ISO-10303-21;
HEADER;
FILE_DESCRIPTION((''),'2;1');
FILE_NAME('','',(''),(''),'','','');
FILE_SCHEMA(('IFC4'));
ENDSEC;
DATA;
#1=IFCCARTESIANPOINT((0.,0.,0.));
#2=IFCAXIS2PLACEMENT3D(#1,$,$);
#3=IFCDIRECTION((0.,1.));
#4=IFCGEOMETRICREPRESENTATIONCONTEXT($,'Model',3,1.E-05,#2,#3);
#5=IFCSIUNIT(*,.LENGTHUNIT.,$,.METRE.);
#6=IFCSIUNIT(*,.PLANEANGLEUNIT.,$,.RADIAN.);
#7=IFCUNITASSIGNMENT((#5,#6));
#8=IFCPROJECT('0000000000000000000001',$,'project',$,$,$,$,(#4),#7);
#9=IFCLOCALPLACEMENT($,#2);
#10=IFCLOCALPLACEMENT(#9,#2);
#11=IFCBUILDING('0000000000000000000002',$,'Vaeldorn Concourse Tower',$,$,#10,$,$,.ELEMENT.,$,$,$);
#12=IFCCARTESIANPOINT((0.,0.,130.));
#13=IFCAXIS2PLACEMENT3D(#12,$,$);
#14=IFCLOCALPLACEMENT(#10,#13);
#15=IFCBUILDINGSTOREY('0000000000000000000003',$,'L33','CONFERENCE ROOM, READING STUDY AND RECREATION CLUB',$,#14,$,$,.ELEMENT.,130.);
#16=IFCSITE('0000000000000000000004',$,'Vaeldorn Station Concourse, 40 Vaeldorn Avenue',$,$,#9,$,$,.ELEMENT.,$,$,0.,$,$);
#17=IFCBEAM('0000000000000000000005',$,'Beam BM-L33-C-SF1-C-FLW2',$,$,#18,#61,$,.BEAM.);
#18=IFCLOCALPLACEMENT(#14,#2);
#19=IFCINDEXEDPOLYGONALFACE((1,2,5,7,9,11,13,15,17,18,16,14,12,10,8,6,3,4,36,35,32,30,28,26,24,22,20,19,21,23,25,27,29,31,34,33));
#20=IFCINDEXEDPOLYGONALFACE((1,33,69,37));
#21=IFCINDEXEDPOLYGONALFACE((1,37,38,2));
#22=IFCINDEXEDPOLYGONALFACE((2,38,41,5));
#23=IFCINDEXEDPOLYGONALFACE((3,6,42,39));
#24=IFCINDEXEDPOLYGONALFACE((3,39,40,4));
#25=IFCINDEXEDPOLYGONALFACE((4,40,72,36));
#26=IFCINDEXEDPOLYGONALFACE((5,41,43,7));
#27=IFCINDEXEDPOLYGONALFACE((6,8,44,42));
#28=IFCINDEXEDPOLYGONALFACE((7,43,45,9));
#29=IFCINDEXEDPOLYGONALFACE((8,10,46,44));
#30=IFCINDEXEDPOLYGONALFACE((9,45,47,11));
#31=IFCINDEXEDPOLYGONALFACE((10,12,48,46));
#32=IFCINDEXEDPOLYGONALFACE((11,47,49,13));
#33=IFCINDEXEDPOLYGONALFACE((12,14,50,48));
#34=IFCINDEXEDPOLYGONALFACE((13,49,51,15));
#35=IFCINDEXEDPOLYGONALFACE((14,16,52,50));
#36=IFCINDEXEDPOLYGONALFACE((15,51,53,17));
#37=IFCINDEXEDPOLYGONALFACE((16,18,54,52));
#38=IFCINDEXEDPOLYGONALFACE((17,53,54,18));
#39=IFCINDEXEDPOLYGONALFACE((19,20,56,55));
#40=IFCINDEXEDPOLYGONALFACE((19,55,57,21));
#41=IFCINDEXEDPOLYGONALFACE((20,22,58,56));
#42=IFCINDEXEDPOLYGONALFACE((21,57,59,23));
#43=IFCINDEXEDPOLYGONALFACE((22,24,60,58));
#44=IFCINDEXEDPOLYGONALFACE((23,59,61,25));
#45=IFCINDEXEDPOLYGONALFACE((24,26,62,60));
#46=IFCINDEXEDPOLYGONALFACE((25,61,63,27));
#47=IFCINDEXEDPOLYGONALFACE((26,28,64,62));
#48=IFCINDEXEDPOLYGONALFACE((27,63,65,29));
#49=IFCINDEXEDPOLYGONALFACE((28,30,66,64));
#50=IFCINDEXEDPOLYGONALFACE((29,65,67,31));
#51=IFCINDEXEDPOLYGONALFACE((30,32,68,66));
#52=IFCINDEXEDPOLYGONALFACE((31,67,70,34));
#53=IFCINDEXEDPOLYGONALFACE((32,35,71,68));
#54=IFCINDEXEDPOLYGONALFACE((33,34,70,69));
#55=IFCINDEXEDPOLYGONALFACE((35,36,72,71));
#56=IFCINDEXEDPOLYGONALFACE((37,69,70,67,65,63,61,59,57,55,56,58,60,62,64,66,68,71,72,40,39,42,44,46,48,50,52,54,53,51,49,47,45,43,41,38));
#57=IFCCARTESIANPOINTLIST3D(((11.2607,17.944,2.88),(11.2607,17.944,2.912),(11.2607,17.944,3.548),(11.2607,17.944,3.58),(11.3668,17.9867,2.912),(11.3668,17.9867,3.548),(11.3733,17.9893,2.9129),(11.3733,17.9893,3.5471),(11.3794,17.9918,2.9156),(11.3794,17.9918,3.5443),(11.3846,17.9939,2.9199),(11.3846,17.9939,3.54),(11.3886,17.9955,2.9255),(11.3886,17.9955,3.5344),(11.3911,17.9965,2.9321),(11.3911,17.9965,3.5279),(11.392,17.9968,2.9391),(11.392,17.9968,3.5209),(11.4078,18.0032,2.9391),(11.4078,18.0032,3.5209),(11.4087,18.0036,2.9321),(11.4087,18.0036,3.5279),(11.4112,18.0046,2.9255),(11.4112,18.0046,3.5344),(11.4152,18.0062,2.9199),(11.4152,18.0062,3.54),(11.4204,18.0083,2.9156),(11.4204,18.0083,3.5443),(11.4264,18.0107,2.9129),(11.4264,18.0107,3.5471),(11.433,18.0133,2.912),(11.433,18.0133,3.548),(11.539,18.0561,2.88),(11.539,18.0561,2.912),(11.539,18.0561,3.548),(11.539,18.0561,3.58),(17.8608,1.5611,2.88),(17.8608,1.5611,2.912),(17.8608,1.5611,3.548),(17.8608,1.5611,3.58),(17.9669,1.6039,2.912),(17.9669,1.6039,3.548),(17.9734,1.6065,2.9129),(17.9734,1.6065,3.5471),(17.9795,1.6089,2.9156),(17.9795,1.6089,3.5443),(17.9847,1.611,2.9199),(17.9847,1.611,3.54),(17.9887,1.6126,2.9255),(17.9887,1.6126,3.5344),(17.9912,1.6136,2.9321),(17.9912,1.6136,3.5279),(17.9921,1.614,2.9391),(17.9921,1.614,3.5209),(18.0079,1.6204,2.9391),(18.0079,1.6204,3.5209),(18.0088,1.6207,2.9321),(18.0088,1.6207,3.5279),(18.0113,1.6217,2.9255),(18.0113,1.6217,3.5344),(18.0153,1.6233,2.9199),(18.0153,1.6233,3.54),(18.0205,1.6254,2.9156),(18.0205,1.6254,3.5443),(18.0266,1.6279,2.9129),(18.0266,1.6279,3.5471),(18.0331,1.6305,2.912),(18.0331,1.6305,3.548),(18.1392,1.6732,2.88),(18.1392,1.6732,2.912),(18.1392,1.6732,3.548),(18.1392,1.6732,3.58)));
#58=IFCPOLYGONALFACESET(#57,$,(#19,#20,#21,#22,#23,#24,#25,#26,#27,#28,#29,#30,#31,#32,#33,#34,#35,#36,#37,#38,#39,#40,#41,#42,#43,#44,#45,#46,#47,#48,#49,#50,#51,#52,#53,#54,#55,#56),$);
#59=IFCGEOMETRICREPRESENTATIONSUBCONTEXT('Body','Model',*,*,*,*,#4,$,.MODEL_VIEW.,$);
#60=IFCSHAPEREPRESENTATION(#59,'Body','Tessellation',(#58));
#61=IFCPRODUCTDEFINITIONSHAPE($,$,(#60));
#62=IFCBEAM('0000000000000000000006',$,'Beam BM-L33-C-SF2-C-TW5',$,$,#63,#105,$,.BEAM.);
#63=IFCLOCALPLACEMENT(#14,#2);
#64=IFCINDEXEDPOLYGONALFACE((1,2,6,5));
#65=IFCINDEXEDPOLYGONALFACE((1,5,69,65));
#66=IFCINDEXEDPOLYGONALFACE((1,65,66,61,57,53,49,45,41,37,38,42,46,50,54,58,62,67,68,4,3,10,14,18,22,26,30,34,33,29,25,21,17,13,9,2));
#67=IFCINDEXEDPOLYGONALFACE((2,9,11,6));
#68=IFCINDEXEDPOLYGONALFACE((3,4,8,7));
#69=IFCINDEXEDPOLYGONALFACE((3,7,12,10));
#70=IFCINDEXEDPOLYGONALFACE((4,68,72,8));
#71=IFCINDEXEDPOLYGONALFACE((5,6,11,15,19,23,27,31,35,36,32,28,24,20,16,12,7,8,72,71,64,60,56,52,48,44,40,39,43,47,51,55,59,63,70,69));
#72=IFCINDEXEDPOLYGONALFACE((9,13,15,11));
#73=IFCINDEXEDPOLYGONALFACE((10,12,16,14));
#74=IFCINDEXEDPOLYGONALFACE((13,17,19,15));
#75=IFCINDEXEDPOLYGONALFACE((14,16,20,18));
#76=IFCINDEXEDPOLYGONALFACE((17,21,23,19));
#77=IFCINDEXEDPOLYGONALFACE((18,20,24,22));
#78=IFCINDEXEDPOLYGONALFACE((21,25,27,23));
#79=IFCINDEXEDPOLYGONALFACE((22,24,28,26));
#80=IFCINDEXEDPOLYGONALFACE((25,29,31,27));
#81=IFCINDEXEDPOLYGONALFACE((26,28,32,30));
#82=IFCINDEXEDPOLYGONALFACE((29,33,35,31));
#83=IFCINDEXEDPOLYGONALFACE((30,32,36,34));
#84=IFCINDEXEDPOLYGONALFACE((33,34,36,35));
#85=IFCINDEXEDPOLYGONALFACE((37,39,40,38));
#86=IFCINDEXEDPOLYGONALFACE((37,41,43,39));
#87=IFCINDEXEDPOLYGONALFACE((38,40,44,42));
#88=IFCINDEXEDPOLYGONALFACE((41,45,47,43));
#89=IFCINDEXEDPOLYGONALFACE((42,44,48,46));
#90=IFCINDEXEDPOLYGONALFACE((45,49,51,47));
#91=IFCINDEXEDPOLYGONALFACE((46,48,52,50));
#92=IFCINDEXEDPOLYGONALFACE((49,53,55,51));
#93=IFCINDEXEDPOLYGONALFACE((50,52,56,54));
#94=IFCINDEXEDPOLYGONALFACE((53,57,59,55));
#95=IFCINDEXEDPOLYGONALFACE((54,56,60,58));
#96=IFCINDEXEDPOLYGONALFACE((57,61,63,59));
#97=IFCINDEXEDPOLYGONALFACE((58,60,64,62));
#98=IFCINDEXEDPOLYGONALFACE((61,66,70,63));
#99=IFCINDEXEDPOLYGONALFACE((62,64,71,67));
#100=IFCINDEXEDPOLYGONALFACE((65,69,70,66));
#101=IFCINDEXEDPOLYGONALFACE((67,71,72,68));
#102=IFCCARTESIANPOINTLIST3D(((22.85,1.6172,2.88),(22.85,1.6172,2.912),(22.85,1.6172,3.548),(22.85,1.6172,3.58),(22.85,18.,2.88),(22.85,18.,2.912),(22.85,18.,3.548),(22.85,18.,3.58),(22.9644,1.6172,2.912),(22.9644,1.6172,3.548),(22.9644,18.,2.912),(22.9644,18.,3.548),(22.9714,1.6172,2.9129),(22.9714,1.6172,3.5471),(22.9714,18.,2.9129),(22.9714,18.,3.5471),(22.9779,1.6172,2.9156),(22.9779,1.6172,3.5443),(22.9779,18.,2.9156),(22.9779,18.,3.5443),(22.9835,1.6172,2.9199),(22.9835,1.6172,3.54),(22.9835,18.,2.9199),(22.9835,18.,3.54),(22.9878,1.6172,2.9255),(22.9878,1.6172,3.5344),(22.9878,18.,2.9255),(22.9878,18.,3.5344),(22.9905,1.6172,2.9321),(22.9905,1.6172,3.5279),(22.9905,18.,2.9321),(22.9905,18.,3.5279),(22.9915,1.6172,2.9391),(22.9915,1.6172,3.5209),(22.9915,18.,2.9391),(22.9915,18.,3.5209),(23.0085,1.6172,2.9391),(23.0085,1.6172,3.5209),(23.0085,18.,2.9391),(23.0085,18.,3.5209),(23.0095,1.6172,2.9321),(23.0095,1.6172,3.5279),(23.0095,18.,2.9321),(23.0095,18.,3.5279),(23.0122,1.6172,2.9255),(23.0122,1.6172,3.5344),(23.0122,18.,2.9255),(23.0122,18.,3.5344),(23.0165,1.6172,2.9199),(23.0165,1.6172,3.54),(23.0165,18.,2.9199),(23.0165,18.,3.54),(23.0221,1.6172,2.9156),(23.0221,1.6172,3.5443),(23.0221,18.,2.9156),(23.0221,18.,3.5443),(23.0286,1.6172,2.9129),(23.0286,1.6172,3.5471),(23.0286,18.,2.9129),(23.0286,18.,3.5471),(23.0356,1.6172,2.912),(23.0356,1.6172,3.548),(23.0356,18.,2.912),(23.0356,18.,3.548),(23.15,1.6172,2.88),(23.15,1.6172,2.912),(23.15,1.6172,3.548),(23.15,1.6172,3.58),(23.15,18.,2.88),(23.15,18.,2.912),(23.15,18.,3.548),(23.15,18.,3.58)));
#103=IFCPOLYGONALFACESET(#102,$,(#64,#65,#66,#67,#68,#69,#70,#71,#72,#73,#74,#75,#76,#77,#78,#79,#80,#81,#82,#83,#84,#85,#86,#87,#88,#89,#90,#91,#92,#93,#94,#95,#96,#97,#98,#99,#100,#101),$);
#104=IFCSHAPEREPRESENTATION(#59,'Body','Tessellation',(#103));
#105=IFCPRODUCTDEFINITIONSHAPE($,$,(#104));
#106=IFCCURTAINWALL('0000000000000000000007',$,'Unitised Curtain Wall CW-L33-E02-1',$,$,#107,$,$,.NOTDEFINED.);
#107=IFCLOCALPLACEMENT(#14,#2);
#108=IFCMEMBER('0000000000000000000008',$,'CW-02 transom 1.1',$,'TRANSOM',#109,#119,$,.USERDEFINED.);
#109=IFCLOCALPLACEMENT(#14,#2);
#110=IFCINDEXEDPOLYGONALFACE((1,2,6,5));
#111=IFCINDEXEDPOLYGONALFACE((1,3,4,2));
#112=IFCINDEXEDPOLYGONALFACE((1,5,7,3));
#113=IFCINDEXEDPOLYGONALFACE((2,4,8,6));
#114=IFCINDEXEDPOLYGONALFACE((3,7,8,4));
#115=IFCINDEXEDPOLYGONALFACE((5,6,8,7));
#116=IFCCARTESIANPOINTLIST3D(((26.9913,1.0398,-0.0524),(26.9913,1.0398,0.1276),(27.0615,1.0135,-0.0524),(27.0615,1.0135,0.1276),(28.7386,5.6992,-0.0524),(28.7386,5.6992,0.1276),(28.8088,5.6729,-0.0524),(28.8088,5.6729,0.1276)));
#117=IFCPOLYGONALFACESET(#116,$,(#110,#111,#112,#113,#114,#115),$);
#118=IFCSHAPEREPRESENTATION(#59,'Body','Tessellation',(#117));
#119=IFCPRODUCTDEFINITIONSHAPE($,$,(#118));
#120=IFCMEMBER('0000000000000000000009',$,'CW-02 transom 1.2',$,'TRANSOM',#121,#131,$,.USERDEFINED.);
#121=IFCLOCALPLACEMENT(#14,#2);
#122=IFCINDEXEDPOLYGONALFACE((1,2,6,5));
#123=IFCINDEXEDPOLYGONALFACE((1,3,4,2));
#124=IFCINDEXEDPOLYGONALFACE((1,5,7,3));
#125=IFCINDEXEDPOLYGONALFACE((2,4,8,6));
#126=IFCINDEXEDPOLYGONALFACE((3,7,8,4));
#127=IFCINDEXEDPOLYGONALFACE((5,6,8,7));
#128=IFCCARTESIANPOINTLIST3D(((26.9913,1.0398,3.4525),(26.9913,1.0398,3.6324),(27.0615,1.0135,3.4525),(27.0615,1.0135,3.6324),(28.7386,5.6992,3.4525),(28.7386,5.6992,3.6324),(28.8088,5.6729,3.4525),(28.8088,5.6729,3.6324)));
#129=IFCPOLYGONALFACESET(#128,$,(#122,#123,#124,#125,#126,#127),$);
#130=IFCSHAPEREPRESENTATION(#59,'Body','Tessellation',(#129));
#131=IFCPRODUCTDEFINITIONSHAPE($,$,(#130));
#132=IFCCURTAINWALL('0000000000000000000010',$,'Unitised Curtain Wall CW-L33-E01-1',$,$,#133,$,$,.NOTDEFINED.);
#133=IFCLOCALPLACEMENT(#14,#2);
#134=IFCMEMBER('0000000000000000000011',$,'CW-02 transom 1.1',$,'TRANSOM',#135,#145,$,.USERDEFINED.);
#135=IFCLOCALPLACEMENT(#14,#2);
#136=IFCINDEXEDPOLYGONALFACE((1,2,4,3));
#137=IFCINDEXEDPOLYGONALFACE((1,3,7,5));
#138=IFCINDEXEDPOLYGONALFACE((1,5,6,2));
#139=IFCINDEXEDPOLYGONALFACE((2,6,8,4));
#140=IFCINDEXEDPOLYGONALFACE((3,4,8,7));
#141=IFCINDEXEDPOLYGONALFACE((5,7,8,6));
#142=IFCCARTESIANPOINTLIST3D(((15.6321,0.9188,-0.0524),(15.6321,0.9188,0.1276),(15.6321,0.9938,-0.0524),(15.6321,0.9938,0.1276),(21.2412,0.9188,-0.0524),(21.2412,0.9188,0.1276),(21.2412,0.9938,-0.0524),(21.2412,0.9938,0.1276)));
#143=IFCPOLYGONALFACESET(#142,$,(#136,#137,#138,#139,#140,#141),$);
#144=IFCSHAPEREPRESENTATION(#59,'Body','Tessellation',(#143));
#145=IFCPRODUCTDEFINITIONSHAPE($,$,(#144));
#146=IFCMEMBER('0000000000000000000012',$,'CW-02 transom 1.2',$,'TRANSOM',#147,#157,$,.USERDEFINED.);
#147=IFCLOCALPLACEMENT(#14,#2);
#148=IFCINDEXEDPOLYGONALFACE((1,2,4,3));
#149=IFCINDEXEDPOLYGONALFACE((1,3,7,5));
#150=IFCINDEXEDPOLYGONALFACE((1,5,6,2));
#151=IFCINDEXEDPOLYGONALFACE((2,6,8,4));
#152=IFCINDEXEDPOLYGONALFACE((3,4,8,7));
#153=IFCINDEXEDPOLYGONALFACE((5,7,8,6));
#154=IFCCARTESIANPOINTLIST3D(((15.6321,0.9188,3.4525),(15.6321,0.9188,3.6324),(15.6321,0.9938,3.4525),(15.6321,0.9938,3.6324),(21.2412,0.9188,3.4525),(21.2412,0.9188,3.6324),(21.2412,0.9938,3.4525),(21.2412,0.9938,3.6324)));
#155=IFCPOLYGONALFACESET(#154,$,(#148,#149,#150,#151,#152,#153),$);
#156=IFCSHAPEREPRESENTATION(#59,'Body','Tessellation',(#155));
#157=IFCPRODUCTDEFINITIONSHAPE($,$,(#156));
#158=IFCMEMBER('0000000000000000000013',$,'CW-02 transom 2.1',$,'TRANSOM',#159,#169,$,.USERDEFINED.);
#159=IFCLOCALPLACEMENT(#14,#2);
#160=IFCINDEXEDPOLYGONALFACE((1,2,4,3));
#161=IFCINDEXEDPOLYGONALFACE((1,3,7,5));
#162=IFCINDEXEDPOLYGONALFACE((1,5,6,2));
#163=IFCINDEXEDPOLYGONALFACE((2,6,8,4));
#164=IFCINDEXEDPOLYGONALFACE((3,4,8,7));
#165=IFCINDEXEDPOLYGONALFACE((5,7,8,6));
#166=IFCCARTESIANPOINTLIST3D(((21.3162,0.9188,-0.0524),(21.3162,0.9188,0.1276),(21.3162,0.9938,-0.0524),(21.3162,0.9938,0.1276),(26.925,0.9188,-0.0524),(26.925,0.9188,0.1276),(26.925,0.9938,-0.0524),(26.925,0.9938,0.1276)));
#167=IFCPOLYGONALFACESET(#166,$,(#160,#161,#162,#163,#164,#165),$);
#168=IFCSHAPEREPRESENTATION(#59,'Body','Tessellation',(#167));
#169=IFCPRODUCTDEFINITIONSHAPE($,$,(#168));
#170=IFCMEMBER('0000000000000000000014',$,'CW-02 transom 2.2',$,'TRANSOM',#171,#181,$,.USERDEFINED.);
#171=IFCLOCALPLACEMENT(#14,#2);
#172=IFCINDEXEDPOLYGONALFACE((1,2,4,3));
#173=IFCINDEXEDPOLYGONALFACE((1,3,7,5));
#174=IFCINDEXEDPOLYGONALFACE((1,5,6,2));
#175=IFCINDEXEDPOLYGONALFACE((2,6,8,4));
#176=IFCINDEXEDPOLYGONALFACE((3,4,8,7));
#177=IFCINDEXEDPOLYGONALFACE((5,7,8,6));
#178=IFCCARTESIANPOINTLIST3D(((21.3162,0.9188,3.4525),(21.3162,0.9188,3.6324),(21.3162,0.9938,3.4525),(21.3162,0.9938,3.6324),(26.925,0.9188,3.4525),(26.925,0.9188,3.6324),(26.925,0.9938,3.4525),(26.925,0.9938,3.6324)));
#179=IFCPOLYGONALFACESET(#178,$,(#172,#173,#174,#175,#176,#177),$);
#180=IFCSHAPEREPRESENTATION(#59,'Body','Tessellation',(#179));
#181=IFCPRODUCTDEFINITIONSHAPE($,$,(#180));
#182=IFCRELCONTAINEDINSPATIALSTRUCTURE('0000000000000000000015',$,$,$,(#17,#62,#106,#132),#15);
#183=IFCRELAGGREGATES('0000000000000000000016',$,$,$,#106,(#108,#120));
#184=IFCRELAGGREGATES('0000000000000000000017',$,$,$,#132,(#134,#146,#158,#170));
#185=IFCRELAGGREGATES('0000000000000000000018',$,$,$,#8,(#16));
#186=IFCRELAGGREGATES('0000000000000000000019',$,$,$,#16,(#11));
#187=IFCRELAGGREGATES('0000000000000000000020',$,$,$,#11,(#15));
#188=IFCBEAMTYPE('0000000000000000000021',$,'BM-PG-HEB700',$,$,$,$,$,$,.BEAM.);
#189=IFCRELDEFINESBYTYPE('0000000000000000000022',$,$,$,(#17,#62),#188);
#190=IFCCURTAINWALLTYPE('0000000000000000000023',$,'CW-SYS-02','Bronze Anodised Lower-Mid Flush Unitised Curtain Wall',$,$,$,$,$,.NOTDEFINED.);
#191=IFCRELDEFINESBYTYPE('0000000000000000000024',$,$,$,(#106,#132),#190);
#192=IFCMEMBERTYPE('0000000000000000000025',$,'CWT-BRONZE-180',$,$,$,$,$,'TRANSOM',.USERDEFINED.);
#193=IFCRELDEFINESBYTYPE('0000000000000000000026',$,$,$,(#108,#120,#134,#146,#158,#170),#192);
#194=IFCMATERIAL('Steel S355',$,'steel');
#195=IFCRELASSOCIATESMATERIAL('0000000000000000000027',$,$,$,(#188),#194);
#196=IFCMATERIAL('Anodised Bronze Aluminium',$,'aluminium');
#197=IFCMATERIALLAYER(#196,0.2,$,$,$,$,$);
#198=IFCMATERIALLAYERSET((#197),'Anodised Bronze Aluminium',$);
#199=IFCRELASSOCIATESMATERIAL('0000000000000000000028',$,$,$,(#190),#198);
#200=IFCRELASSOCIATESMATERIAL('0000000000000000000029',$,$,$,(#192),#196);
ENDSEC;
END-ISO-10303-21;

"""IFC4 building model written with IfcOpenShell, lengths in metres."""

from ifc_helpers import new_model, si_unit, direction, frame, origin, origin_2d, place, context, subcontext, project, spatial, rectangle, i_section, extrude, source, transform, mapped, material, layer, layer_set, material_profile, profile_set, type_object, element, aggregate, save


model = new_model("IFC4")

# Units and contexts
model_context = context("Model", 3, precision=1e-05, world=origin(), true_north=direction((0.0, 1.0)))
body_context = subcontext(model_context, "Body", "Model", "MODEL_VIEW")
ifc_project = project(units=[si_unit("LENGTHUNIT", "METRE"), si_unit("PLANEANGLEUNIT", "RADIAN")], contexts=[model_context])

# Site, building, storey
site_placement = place(None, origin())
site = spatial("IfcSite", under=ifc_project, at=site_placement, Name="Vaeldorn Station Concourse, 40 Vaeldorn Avenue", CompositionType="ELEMENT", RefElevation=0.0)
building_placement = place(site_placement, origin())
building = spatial("IfcBuilding", under=site, at=building_placement, Name="Vaeldorn Concourse Tower", CompositionType="ELEMENT")
storey_placement = place(building_placement, frame((0.0, 0.0, 130.0)))
storey = spatial("IfcBuildingStorey", under=building, at=storey_placement, Name="L33", Description="CONFERENCE ROOM, READING STUDY AND RECREATION CLUB", CompositionType="ELEMENT", Elevation=130.0)

# Beams
ifc_material_1 = material(Name="Steel S355", Category="steel")
ifc_material_profile_1 = material_profile(ifc_material_1, i_section(OverallWidth=0.3, OverallDepth=0.7, WebThickness=0.0171, FlangeThickness=0.032, FilletRadius=0.0271, at=origin_2d()), Name="HEB 700")
ifc_profile_set_1 = profile_set([ifc_material_profile_1], Name="Steel S355")
beam_type_1 = type_object("IfcBeamType", Name="BM-PG-HEB700", PredefinedType="BEAM", material=ifc_profile_set_1)
shared_shape_1 = source(origin(), body_context, "Body", "SweptSolid", [
    extrude(i_section(OverallWidth=0.3, OverallDepth=0.7, WebThickness=0.0171, FlangeThickness=0.032, FilletRadius=0.0271, at=origin_2d()), origin(), (0.0, 0.0, 1.0), 17.6624),
])
beam_1_placement = place(storey_placement, frame((18.0, 1.6172, 3.23), z_axis=(-0.373682, 0.927557, 0.0), x_axis=(-0.927557, -0.373682, 0.0)))
element("IfcBeam", 1, at=beam_1_placement, inside=storey, type_object=beam_type_1, Name="Beam BM-L33-C-SF1-C-FLW2", PredefinedType="BEAM", context=body_context, shape_type="MappedRepresentation", body=[
    mapped(shared_shape_1, transform((0.0, 0.0, 0.0), scale=1.0)),
])
shared_shape_2 = source(origin(), body_context, "Body", "SweptSolid", [
    extrude(i_section(OverallWidth=0.3, OverallDepth=0.7, WebThickness=0.0171, FlangeThickness=0.032, FilletRadius=0.0271, at=origin_2d()), origin(), (0.0, 0.0, 1.0), 16.3828),
])
beam_2_placement = place(storey_placement, frame((23.0, 1.6172, 3.23), z_axis=(0.0, 1.0, 0.0), x_axis=(-1.0, 0.0, 0.0)))
element("IfcBeam", 2, at=beam_2_placement, inside=storey, type_object=beam_type_1, Name="Beam BM-L33-C-SF2-C-TW5", PredefinedType="BEAM", context=body_context, shape_type="MappedRepresentation", body=[
    mapped(shared_shape_2, transform((0.0, 0.0, 0.0), scale=1.0)),
])

# Curtain walls, members
ifc_material_2 = material(Name="Anodised Bronze Aluminium", Category="aluminium")
ifc_layer_1 = layer(ifc_material_2, 0.2)
ifc_layer_set_1 = layer_set([ifc_layer_1], Name="Anodised Bronze Aluminium")
curtain_wall_type = type_object("IfcCurtainWallType", Name="CW-SYS-02", Description="Bronze Anodised Lower-Mid Flush Unitised Curtain Wall", PredefinedType="NOTDEFINED", material=ifc_layer_set_1)
curtain_wall_1_placement = place(storey_placement, origin())
curtain_wall_1 = element("IfcCurtainWall", 3, at=curtain_wall_1_placement, inside=storey, type_object=curtain_wall_type, Name="Unitised Curtain Wall CW-L33-E02-1", PredefinedType="NOTDEFINED")
ifc_material_profile_2 = material_profile(ifc_material_2, rectangle(XDim=0.075, YDim=0.1799, at=origin_2d()), Name="CWT 75x180")
ifc_profile_set_2 = profile_set([ifc_material_profile_2], Name="Anodised Bronze Aluminium")
member_type_1 = type_object("IfcMemberType", Name="CWT-BRONZE-180", ElementType="TRANSOM", PredefinedType="USERDEFINED", material=ifc_profile_set_2)
shared_shape_3 = source(origin(), body_context, "Body", "SweptSolid", [
    extrude(rectangle(XDim=0.075, YDim=0.1799, at=origin_2d()), origin(), (0.0, 0.0, 1.0), 4.9763),
])
member_1_placement = place(storey_placement, frame((27.0264, 1.0266, 0.0376), z_axis=(0.351129, 0.936327, 0.0), x_axis=(-0.936327, 0.351129, 0.0)))
member_1 = element("IfcMember", 4, at=member_1_placement, type_object=member_type_1, Name="CW-02 transom 1.1", ObjectType="TRANSOM", PredefinedType="USERDEFINED", context=body_context, shape_type="MappedRepresentation", body=[
    mapped(shared_shape_3, transform((0.0, 0.0, 0.0), scale=1.0)),
])
member_2_placement = place(storey_placement, frame((27.0264, 1.0266, 3.5425), z_axis=(0.351129, 0.936327, 0.0), x_axis=(-0.936327, 0.351129, 0.0)))
member_2 = element("IfcMember", 5, at=member_2_placement, type_object=member_type_1, Name="CW-02 transom 1.2", ObjectType="TRANSOM", PredefinedType="USERDEFINED", context=body_context, shape_type="MappedRepresentation", body=[
    mapped(shared_shape_3, transform((0.0, 0.0, 0.0), scale=1.0)),
])
curtain_wall_2_placement = place(storey_placement, origin())
curtain_wall_2 = element("IfcCurtainWall", 6, at=curtain_wall_2_placement, inside=storey, type_object=curtain_wall_type, Name="Unitised Curtain Wall CW-L33-E01-1", PredefinedType="NOTDEFINED")
shared_shape_4 = source(origin(), body_context, "Body", "SweptSolid", [
    extrude(rectangle(XDim=0.075, YDim=0.1799, at=origin_2d()), origin(), (0.0, 0.0, 1.0), 5.6091),
])
member_3_placement = place(storey_placement, frame((15.6321, 0.9563, 0.0376), z_axis=(1.0, 0.0, 0.0), x_axis=(0.0, 1.0, 0.0)))
member_3 = element("IfcMember", 7, at=member_3_placement, type_object=member_type_1, Name="CW-02 transom 1.1", ObjectType="TRANSOM", PredefinedType="USERDEFINED", context=body_context, shape_type="MappedRepresentation", body=[
    mapped(shared_shape_4, transform((0.0, 0.0, 0.0), scale=1.0)),
])
member_4_placement = place(storey_placement, frame((15.6321, 0.9563, 3.5425), z_axis=(1.0, 0.0, 0.0), x_axis=(0.0, 1.0, 0.0)))
member_4 = element("IfcMember", 8, at=member_4_placement, type_object=member_type_1, Name="CW-02 transom 1.2", ObjectType="TRANSOM", PredefinedType="USERDEFINED", context=body_context, shape_type="MappedRepresentation", body=[
    mapped(shared_shape_4, transform((0.0, 0.0, 0.0), scale=1.0)),
])
shared_shape_5 = source(origin(), body_context, "Body", "SweptSolid", [
    extrude(rectangle(XDim=0.075, YDim=0.1799, at=origin_2d()), origin(), (0.0, 0.0, 1.0), 5.6089),
])
member_5_placement = place(storey_placement, frame((21.3162, 0.9563, 0.0376), z_axis=(1.0, 0.0, 0.0), x_axis=(0.0, 1.0, 0.0)))
member_5 = element("IfcMember", 9, at=member_5_placement, type_object=member_type_1, Name="CW-02 transom 2.1", ObjectType="TRANSOM", PredefinedType="USERDEFINED", context=body_context, shape_type="MappedRepresentation", body=[
    mapped(shared_shape_5, transform((0.0, 0.0, 0.0), scale=1.0)),
])
member_6_placement = place(storey_placement, frame((21.3162, 0.9563, 3.5425), z_axis=(1.0, 0.0, 0.0), x_axis=(0.0, 1.0, 0.0)))
member_6 = element("IfcMember", 10, at=member_6_placement, type_object=member_type_1, Name="CW-02 transom 2.2", ObjectType="TRANSOM", PredefinedType="USERDEFINED", context=body_context, shape_type="MappedRepresentation", body=[
    mapped(shared_shape_5, transform((0.0, 0.0, 0.0), scale=1.0)),
])

aggregate(curtain_wall_1, [member_1, member_2])

aggregate(curtain_wall_2, [member_3, member_4, member_5, member_6])

save(model, "model.ifc")
